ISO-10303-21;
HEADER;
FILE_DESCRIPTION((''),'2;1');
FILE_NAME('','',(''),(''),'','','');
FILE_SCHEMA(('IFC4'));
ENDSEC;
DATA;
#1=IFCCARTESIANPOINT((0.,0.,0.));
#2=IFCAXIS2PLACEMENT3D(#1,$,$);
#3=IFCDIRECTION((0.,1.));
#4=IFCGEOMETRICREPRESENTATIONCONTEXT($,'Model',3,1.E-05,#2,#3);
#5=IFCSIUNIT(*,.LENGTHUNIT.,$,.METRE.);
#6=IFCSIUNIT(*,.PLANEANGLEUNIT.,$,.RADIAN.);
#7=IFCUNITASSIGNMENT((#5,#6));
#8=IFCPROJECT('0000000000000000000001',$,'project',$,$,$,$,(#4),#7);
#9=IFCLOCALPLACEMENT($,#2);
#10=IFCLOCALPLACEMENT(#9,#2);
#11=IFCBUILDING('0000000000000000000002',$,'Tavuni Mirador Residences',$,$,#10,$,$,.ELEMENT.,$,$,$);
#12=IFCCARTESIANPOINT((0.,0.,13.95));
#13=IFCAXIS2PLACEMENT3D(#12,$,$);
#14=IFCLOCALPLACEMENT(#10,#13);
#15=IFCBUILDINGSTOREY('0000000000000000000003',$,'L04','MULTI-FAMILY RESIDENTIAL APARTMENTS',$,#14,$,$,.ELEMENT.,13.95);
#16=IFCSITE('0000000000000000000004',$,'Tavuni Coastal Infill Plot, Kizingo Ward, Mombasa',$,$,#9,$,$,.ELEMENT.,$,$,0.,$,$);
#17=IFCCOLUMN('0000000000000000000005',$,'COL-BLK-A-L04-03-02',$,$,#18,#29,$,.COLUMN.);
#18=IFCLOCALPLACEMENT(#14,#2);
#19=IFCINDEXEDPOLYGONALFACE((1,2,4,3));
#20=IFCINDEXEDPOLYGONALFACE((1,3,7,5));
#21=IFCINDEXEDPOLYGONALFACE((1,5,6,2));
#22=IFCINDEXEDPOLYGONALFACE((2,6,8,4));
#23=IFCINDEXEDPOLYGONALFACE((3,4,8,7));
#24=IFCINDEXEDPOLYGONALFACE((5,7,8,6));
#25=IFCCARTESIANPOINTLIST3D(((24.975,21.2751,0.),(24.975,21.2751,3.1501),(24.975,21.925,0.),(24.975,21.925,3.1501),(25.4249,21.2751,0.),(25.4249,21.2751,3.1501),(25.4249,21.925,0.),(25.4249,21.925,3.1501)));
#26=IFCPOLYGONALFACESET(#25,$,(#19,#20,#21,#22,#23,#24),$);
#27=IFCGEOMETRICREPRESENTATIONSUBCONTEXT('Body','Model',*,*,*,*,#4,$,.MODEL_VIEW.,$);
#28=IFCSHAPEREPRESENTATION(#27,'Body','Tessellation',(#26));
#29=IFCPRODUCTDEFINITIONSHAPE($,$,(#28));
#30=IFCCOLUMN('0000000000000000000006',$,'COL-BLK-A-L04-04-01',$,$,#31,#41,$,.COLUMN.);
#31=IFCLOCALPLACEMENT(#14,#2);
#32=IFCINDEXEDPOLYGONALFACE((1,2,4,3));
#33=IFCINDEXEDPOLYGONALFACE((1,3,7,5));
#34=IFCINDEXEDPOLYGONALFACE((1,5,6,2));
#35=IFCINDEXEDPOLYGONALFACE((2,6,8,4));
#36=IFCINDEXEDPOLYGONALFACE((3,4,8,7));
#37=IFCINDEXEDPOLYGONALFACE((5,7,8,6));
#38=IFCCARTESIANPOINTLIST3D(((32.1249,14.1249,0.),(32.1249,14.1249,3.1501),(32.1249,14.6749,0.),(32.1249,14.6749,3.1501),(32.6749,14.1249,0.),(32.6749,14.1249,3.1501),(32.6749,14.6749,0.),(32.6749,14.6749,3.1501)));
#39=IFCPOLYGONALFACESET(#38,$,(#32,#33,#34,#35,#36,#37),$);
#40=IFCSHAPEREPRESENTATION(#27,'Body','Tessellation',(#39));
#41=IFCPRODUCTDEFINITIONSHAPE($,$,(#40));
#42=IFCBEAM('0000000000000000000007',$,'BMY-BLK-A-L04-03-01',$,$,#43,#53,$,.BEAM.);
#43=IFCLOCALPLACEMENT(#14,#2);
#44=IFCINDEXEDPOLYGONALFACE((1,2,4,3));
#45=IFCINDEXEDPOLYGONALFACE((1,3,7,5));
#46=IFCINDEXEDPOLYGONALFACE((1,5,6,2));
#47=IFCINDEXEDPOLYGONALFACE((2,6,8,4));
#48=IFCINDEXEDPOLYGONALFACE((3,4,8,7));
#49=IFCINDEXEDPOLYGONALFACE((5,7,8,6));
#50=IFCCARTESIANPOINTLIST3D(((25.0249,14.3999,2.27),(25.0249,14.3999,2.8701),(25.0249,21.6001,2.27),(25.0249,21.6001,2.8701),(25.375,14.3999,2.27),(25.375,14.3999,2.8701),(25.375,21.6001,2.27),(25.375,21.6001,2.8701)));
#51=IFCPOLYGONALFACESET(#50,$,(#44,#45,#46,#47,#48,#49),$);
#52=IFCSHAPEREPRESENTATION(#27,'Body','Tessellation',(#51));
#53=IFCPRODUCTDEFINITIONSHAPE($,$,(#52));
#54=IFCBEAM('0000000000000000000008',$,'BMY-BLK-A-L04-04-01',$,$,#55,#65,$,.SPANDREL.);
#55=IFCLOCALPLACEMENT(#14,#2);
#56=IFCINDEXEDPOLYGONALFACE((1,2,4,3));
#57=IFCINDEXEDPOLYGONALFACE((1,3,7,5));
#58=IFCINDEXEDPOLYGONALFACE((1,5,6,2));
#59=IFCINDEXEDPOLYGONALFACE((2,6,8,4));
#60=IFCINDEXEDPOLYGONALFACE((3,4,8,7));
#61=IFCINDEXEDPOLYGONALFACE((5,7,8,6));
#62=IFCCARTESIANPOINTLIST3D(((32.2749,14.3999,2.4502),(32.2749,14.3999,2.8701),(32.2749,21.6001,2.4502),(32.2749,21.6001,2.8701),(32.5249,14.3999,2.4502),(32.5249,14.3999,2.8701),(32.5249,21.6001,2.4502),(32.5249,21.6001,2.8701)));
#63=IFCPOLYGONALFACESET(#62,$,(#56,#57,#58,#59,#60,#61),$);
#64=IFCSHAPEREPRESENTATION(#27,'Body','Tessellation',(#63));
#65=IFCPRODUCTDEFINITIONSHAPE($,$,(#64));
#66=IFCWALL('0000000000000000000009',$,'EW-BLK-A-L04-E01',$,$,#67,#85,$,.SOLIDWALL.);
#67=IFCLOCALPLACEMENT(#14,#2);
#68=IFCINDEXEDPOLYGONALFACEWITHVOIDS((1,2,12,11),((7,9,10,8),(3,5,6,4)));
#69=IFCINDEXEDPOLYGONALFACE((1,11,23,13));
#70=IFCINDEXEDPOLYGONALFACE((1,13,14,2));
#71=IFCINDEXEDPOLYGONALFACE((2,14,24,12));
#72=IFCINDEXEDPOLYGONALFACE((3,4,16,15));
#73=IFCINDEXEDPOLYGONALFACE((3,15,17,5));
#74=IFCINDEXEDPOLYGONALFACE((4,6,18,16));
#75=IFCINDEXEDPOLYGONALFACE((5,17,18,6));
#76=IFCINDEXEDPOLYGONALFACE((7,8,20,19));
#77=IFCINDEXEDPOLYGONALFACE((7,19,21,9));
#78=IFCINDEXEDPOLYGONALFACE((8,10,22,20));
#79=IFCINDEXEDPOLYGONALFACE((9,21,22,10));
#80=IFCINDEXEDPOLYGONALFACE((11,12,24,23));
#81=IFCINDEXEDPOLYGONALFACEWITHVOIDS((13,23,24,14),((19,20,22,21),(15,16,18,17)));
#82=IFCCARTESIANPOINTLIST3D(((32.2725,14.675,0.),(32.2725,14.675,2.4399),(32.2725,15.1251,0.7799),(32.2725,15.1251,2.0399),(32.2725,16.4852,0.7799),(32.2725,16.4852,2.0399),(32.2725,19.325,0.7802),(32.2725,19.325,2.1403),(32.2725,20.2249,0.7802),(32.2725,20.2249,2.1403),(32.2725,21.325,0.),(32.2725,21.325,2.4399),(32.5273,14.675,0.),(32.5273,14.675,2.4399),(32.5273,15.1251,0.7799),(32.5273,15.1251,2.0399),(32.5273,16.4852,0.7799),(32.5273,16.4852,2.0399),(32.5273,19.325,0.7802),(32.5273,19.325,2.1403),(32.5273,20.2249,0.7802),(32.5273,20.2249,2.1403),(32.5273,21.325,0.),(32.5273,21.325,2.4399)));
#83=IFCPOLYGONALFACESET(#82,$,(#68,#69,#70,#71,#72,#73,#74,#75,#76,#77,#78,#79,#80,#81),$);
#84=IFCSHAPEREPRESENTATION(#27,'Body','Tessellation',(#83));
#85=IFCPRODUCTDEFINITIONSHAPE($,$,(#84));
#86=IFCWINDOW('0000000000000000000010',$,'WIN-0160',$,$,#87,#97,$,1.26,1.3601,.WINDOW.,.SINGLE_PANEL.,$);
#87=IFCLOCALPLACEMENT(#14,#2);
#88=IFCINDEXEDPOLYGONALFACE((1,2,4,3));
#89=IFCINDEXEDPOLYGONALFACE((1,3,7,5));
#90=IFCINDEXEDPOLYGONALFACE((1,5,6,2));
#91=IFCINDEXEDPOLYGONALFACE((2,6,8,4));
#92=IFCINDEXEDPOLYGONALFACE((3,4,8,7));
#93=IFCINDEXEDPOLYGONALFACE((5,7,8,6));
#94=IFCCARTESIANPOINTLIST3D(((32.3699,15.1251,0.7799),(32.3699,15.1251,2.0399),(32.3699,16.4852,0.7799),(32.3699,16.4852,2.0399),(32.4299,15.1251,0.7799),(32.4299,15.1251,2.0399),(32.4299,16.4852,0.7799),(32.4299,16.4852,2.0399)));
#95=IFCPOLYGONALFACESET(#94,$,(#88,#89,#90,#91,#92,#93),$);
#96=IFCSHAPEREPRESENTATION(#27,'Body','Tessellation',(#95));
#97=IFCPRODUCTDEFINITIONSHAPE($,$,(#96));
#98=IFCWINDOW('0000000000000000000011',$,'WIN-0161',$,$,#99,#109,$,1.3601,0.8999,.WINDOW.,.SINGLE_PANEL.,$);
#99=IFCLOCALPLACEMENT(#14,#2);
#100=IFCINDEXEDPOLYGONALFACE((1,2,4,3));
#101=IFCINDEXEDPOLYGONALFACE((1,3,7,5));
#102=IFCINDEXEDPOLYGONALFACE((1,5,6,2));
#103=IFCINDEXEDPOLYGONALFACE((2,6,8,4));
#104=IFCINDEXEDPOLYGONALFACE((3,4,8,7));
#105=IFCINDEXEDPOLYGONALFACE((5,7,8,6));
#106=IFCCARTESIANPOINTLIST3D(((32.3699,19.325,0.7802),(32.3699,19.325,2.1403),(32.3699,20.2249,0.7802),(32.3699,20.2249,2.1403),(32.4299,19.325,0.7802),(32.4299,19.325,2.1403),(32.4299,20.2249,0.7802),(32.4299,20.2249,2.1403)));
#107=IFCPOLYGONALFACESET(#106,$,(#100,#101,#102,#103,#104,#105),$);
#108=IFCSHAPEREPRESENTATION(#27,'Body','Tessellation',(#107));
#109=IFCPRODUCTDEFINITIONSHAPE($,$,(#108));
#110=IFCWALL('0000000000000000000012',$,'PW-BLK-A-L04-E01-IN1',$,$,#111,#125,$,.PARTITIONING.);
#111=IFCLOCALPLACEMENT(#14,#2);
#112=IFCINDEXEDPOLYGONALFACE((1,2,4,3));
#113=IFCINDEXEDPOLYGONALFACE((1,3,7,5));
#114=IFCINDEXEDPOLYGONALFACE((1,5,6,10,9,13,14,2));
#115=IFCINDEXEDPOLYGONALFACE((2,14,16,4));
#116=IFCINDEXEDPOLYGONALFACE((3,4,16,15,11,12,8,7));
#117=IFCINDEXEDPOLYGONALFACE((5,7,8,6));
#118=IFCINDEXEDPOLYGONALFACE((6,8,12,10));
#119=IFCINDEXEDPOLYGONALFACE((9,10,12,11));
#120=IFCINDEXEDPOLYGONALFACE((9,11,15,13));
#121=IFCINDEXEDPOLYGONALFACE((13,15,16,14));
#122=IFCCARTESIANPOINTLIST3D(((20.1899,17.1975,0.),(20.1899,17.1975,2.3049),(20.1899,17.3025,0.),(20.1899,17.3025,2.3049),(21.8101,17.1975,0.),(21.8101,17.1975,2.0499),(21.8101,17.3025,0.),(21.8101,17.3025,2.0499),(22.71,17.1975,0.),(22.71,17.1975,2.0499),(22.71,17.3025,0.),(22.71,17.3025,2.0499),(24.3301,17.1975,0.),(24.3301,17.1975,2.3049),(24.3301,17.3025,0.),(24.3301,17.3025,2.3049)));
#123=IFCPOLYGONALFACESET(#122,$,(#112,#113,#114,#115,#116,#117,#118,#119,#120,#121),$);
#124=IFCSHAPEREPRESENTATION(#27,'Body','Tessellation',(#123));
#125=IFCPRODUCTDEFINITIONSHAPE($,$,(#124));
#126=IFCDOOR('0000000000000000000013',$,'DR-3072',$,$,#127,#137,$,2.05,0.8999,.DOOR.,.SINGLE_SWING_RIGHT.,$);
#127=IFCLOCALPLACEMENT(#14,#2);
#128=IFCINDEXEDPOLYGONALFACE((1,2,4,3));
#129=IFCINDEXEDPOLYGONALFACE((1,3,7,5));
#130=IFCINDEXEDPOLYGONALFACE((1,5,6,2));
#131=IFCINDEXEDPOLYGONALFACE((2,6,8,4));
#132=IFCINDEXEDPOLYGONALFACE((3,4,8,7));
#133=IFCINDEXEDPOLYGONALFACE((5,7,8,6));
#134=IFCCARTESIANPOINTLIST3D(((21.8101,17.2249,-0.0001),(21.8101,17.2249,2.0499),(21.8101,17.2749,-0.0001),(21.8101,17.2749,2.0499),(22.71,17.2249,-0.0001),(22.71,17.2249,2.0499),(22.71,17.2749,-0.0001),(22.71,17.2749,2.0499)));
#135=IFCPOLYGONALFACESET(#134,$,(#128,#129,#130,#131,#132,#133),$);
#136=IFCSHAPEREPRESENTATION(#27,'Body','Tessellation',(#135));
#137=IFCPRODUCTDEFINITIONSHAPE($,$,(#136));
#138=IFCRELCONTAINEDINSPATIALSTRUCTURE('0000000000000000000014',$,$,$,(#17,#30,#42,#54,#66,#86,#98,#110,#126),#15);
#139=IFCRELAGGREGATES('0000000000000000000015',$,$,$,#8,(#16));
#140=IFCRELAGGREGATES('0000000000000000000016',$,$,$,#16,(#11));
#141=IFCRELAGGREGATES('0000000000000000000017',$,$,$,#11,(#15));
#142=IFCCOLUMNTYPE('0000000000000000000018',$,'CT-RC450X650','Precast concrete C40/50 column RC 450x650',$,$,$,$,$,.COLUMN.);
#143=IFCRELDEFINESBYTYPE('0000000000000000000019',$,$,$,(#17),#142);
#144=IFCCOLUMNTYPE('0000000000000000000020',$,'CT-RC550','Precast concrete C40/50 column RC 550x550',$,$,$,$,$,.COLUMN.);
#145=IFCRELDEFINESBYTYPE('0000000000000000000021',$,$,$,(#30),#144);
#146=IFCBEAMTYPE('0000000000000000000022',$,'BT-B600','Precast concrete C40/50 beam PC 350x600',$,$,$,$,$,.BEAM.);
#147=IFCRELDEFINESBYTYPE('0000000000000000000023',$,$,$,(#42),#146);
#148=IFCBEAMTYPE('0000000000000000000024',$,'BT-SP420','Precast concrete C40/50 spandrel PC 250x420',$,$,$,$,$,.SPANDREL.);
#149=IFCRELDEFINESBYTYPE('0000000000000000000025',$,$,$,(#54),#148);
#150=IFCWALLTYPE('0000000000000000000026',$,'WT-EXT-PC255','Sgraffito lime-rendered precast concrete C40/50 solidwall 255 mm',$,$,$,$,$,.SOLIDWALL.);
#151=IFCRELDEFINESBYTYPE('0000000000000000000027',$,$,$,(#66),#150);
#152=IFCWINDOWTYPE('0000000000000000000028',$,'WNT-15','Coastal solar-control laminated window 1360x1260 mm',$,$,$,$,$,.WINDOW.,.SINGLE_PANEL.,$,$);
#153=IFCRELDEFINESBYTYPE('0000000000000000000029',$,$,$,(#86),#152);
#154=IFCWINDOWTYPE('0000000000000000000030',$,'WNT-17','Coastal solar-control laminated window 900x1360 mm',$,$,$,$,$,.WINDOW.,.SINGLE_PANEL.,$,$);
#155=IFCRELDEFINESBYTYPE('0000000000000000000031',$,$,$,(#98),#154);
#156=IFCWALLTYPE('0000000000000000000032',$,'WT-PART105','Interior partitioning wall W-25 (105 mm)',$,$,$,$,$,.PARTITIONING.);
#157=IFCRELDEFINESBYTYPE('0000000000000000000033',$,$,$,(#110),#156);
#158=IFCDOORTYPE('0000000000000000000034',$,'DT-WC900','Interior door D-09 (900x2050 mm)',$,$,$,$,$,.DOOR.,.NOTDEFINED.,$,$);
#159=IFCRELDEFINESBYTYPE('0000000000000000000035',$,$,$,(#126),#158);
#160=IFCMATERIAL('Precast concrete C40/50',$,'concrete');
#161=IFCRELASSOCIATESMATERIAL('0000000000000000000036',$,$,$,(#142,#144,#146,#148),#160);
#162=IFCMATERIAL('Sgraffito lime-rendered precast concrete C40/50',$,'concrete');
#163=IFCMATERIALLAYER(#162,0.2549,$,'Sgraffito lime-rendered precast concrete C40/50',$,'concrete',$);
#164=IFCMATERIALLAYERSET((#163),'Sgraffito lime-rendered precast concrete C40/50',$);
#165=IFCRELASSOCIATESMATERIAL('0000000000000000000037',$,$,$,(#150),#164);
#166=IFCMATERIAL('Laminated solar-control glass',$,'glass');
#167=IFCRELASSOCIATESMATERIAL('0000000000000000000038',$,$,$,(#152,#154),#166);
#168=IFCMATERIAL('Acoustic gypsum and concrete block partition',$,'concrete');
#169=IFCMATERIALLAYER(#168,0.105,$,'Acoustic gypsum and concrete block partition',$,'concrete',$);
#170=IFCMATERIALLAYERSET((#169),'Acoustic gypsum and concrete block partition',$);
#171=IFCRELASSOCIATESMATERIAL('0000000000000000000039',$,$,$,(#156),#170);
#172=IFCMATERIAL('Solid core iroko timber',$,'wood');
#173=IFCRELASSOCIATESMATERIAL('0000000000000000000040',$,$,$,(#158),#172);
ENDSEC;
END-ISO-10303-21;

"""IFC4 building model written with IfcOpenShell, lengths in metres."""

from ifc_helpers import new_model, si_unit, direction, frame, frame_2d, origin, origin_2d, place, context, subcontext, project, spatial, rectangle, extrude, material, layer, layer_set, material_profile, profile_set, type_object, element, fill, save


model = new_model("IFC4")

# Units and contexts
model_context = context("Model", 3, precision=1e-05, world=origin(), true_north=direction((0.0, 1.0)))
body_context = subcontext(model_context, "Body", "Model", "MODEL_VIEW")
ifc_project = project(units=[si_unit("LENGTHUNIT", "METRE"), si_unit("PLANEANGLEUNIT", "RADIAN")], contexts=[model_context])

# Site, building, storey
site_placement = place(None, origin())
site = spatial("IfcSite", under=ifc_project, at=site_placement, Name="Tavuni Coastal Infill Plot, Kizingo Ward, Mombasa", CompositionType="ELEMENT", RefElevation=0.0)
building_placement = place(site_placement, origin())
building = spatial("IfcBuilding", under=site, at=building_placement, Name="Tavuni Mirador Residences", CompositionType="ELEMENT")
storey_placement = place(building_placement, frame((0.0, 0.0, 13.95)))
storey = spatial("IfcBuildingStorey", under=building, at=storey_placement, Name="L04", Description="MULTI-FAMILY RESIDENTIAL APARTMENTS", CompositionType="ELEMENT", Elevation=13.95)

# Columns
ifc_material_1 = material(Name="Precast concrete C40/50", Category="concrete")
ifc_material_profile_1 = material_profile(ifc_material_1, rectangle(XDim=0.45, YDim=0.6499, at=origin_2d()), Name="RC 450x650", Category="concrete")
ifc_profile_set_1 = profile_set([ifc_material_profile_1], Name="Precast concrete C40/50")
column_type_1 = type_object("IfcColumnType", Name="CT-RC450X650", Description="Precast concrete C40/50 column RC 450x650", PredefinedType="COLUMN", material=ifc_profile_set_1)
column_1_placement = place(storey_placement, frame((25.2, 21.6001, 0.0), z_axis=(0.0, 0.0, 1.0), x_axis=(1.0, 0.0, 0.0)))
element("IfcColumn", 1, at=column_1_placement, inside=storey, type_object=column_type_1, Name="COL-BLK-A-L04-03-02", PredefinedType="COLUMN", context=body_context, shape_type="SweptSolid", body=[
    extrude(rectangle(XDim=0.45, YDim=0.6499, at=origin_2d()), origin(), (0.0, 0.0, 1.0), 3.1501),
])
ifc_material_profile_2 = material_profile(ifc_material_1, rectangle(XDim=0.55, YDim=0.55, at=origin_2d()), Name="RC 550x550", Category="concrete")
ifc_profile_set_2 = profile_set([ifc_material_profile_2], Name="Precast concrete C40/50")
column_type_2 = type_object("IfcColumnType", Name="CT-RC550", Description="Precast concrete C40/50 column RC 550x550", PredefinedType="COLUMN", material=ifc_profile_set_2)
column_2_placement = place(storey_placement, frame((32.3999, 14.3999, 0.0), z_axis=(0.0, 0.0, 1.0), x_axis=(1.0, 0.0, 0.0)))
element("IfcColumn", 2, at=column_2_placement, inside=storey, type_object=column_type_2, Name="COL-BLK-A-L04-04-01", PredefinedType="COLUMN", context=body_context, shape_type="SweptSolid", body=[
    extrude(rectangle(XDim=0.55, YDim=0.55, at=origin_2d()), origin(), (0.0, 0.0, 1.0), 3.1501),
])

# Beams
ifc_material_profile_3 = material_profile(ifc_material_1, rectangle(XDim=0.3501, YDim=0.6001, at=origin_2d()), Name="PC 350x600", Category="concrete")
ifc_profile_set_3 = profile_set([ifc_material_profile_3], Name="Precast concrete C40/50")
beam_type_1 = type_object("IfcBeamType", Name="BT-B600", Description="Precast concrete C40/50 beam PC 350x600", PredefinedType="BEAM", material=ifc_profile_set_3)
beam_1_placement = place(storey_placement, frame((25.2, 14.3999, 2.5701), z_axis=(0.0, 1.0, 0.0), x_axis=(-1.0, 0.0, 0.0)))
element("IfcBeam", 3, at=beam_1_placement, inside=storey, type_object=beam_type_1, Name="BMY-BLK-A-L04-03-01", PredefinedType="BEAM", context=body_context, shape_type="SweptSolid", body=[
    extrude(rectangle(XDim=0.3501, YDim=0.6001, at=origin_2d()), origin(), (0.0, 0.0, 1.0), 7.2002),
])
ifc_material_profile_4 = material_profile(ifc_material_1, rectangle(XDim=0.25, YDim=0.4199, at=origin_2d()), Name="PC 250x420", Category="concrete")
ifc_profile_set_4 = profile_set([ifc_material_profile_4], Name="Precast concrete C40/50")
beam_type_2 = type_object("IfcBeamType", Name="BT-SP420", Description="Precast concrete C40/50 spandrel PC 250x420", PredefinedType="SPANDREL", material=ifc_profile_set_4)
beam_2_placement = place(storey_placement, frame((32.3999, 14.3999, 2.6602), z_axis=(0.0, 1.0, 0.0), x_axis=(-1.0, 0.0, 0.0)))
element("IfcBeam", 4, at=beam_2_placement, inside=storey, type_object=beam_type_2, Name="BMY-BLK-A-L04-04-01", PredefinedType="SPANDREL", context=body_context, shape_type="SweptSolid", body=[
    extrude(rectangle(XDim=0.25, YDim=0.4199, at=origin_2d()), origin(), (0.0, 0.0, 1.0), 7.2002),
])

# Shared definitions
ifc_material_2 = material(Name="Solid core iroko timber", Category="wood")

# Wall, openings, windows
ifc_material_3 = material(Name="Sgraffito lime-rendered precast concrete C40/50", Category="concrete")
ifc_layer_1 = layer(ifc_material_3, 0.2549, Name="Sgraffito lime-rendered precast concrete C40/50", Category="concrete")
ifc_layer_set_1 = layer_set([ifc_layer_1], Name="Sgraffito lime-rendered precast concrete C40/50")
wall_type_1 = type_object("IfcWallType", Name="WT-EXT-PC255", Description="Sgraffito lime-rendered precast concrete C40/50 solidwall 255 mm", PredefinedType="SOLIDWALL", material=ifc_layer_set_1)
wall_1_placement = place(storey_placement, frame((32.3999, 14.675, 0.0), z_axis=(0.0, 0.0, 1.0), x_axis=(0.0, 1.0, 0.0)))
wall_1 = element("IfcWall", 5, at=wall_1_placement, inside=storey, type_object=wall_type_1, Name="EW-BLK-A-L04-E01", PredefinedType="SOLIDWALL", context=body_context, shape_type="SweptSolid", body=[
    extrude(rectangle(XDim=6.6499, YDim=0.2549, at=frame_2d((3.325, 0.0))), origin(), (0.0, 0.0, 1.0), 2.4399),
])
opening_1_placement = place(wall_1_placement, frame((0.45, 0.0, 0.78)))
opening_1 = element("IfcOpeningElement", 6, at=opening_1_placement, cuts=wall_1, PredefinedType="OPENING", context=body_context, shape_type="SweptSolid", body=[
    extrude(rectangle(XDim=1.3601, YDim=1.26, at=frame_2d((0.6802, 0.6299))), frame((0.0, 0.1375, 0.0), z_axis=(0.0, -1.0, 0.0), x_axis=(1.0, 0.0, 0.0)), (0.0, 0.0, 1.0), 0.2749),
])
opening_2_placement = place(wall_1_placement, frame((4.6499, 0.0, 0.78)))
opening_2 = element("IfcOpeningElement", 7, at=opening_2_placement, cuts=wall_1, PredefinedType="OPENING", context=body_context, shape_type="SweptSolid", body=[
    extrude(rectangle(XDim=0.8999, YDim=1.3601, at=frame_2d((0.45, 0.6802))), frame((0.0, 0.1375, 0.0), z_axis=(0.0, -1.0, 0.0), x_axis=(1.0, 0.0, 0.0)), (0.0, 0.0, 1.0), 0.2749),
])
ifc_material_4 = material(Name="Laminated solar-control glass", Category="glass")
window_type_1 = type_object("IfcWindowType", Name="WNT-15", Description="Coastal solar-control laminated window 1360x1260 mm", PartitioningType="SINGLE_PANEL", PredefinedType="WINDOW", material=ifc_material_4)
window_1_placement = place(opening_1_placement, origin())
window_1 = element("IfcWindow", 8, at=window_1_placement, inside=storey, type_object=window_type_1, Name="WIN-0160", OverallHeight=1.26, OverallWidth=1.3601, PartitioningType="SINGLE_PANEL", PredefinedType="WINDOW", context=body_context, shape_type="SweptSolid", body=[
    extrude(rectangle(XDim=1.3601, YDim=1.26, at=frame_2d((0.6802, 0.6299))), frame((0.0, 0.03, 0.0), z_axis=(0.0, -1.0, 0.0), x_axis=(1.0, 0.0, 0.0)), (0.0, 0.0, 1.0), 0.0601),
])
fill(opening_1, window_1)
window_type_2 = type_object("IfcWindowType", Name="WNT-17", Description="Coastal solar-control laminated window 900x1360 mm", PartitioningType="SINGLE_PANEL", PredefinedType="WINDOW", material=ifc_material_4)
window_2_placement = place(opening_2_placement, origin())
window_2 = element("IfcWindow", 9, at=window_2_placement, inside=storey, type_object=window_type_2, Name="WIN-0161", OverallHeight=1.3601, OverallWidth=0.8999, PartitioningType="SINGLE_PANEL", PredefinedType="WINDOW", context=body_context, shape_type="SweptSolid", body=[
    extrude(rectangle(XDim=0.8999, YDim=1.3601, at=frame_2d((0.45, 0.6802))), frame((0.0, 0.03, 0.0), z_axis=(0.0, -1.0, 0.0), x_axis=(1.0, 0.0, 0.0)), (0.0, 0.0, 1.0), 0.0601),
])
fill(opening_2, window_2)

# Wall, opening, door
ifc_material_5 = material(Name="Acoustic gypsum and concrete block partition", Category="concrete")
ifc_layer_2 = layer(ifc_material_5, 0.105, Name="Acoustic gypsum and concrete block partition", Category="concrete")
ifc_layer_set_2 = layer_set([ifc_layer_2], Name="Acoustic gypsum and concrete block partition")
wall_type_2 = type_object("IfcWallType", Name="WT-PART105", Description="Interior partitioning wall W-25 (105 mm)", PredefinedType="PARTITIONING", material=ifc_layer_set_2)
wall_2_placement = place(storey_placement, frame((20.1899, 17.25, 0.0), z_axis=(0.0, 0.0, 1.0), x_axis=(1.0, 0.0, 0.0)))
wall_2 = element("IfcWall", 10, at=wall_2_placement, inside=storey, type_object=wall_type_2, Name="PW-BLK-A-L04-E01-IN1", PredefinedType="PARTITIONING", context=body_context, shape_type="SweptSolid", body=[
    extrude(rectangle(XDim=4.1401, YDim=0.105, at=frame_2d((2.0701, 0.0))), origin(), (0.0, 0.0, 1.0), 2.3049),
])
opening_3_placement = place(wall_2_placement, frame((1.6201, 0.0, 0.0)))
opening_3 = element("IfcOpeningElement", 11, at=opening_3_placement, cuts=wall_2, PredefinedType="OPENING", context=body_context, shape_type="SweptSolid", body=[
    extrude(rectangle(XDim=0.8999, YDim=2.05, at=frame_2d((0.45, 1.0249))), frame((0.0, 0.0625, 0.0), z_axis=(0.0, -1.0, 0.0), x_axis=(1.0, 0.0, 0.0)), (0.0, 0.0, 1.0), 0.125),
])
door_type_1 = type_object("IfcDoorType", Name="DT-WC900", Description="Interior door D-09 (900x2050 mm)", OperationType="NOTDEFINED", PredefinedType="DOOR", material=ifc_material_2)
door_1_placement = place(opening_3_placement, origin())
door_1 = element("IfcDoor", 12, at=door_1_placement, inside=storey, type_object=door_type_1, Name="DR-3072", OperationType="SINGLE_SWING_RIGHT", OverallHeight=2.05, OverallWidth=0.8999, PredefinedType="DOOR", context=body_context, shape_type="SweptSolid", body=[
    extrude(rectangle(XDim=0.8999, YDim=2.05, at=frame_2d((0.45, 1.0249))), frame((0.0, 0.0249, 0.0), z_axis=(0.0, -1.0, 0.0), x_axis=(1.0, 0.0, 0.0)), (0.0, 0.0, 1.0), 0.05),
])
fill(opening_3, door_1)

save(model, "model.ifc")
